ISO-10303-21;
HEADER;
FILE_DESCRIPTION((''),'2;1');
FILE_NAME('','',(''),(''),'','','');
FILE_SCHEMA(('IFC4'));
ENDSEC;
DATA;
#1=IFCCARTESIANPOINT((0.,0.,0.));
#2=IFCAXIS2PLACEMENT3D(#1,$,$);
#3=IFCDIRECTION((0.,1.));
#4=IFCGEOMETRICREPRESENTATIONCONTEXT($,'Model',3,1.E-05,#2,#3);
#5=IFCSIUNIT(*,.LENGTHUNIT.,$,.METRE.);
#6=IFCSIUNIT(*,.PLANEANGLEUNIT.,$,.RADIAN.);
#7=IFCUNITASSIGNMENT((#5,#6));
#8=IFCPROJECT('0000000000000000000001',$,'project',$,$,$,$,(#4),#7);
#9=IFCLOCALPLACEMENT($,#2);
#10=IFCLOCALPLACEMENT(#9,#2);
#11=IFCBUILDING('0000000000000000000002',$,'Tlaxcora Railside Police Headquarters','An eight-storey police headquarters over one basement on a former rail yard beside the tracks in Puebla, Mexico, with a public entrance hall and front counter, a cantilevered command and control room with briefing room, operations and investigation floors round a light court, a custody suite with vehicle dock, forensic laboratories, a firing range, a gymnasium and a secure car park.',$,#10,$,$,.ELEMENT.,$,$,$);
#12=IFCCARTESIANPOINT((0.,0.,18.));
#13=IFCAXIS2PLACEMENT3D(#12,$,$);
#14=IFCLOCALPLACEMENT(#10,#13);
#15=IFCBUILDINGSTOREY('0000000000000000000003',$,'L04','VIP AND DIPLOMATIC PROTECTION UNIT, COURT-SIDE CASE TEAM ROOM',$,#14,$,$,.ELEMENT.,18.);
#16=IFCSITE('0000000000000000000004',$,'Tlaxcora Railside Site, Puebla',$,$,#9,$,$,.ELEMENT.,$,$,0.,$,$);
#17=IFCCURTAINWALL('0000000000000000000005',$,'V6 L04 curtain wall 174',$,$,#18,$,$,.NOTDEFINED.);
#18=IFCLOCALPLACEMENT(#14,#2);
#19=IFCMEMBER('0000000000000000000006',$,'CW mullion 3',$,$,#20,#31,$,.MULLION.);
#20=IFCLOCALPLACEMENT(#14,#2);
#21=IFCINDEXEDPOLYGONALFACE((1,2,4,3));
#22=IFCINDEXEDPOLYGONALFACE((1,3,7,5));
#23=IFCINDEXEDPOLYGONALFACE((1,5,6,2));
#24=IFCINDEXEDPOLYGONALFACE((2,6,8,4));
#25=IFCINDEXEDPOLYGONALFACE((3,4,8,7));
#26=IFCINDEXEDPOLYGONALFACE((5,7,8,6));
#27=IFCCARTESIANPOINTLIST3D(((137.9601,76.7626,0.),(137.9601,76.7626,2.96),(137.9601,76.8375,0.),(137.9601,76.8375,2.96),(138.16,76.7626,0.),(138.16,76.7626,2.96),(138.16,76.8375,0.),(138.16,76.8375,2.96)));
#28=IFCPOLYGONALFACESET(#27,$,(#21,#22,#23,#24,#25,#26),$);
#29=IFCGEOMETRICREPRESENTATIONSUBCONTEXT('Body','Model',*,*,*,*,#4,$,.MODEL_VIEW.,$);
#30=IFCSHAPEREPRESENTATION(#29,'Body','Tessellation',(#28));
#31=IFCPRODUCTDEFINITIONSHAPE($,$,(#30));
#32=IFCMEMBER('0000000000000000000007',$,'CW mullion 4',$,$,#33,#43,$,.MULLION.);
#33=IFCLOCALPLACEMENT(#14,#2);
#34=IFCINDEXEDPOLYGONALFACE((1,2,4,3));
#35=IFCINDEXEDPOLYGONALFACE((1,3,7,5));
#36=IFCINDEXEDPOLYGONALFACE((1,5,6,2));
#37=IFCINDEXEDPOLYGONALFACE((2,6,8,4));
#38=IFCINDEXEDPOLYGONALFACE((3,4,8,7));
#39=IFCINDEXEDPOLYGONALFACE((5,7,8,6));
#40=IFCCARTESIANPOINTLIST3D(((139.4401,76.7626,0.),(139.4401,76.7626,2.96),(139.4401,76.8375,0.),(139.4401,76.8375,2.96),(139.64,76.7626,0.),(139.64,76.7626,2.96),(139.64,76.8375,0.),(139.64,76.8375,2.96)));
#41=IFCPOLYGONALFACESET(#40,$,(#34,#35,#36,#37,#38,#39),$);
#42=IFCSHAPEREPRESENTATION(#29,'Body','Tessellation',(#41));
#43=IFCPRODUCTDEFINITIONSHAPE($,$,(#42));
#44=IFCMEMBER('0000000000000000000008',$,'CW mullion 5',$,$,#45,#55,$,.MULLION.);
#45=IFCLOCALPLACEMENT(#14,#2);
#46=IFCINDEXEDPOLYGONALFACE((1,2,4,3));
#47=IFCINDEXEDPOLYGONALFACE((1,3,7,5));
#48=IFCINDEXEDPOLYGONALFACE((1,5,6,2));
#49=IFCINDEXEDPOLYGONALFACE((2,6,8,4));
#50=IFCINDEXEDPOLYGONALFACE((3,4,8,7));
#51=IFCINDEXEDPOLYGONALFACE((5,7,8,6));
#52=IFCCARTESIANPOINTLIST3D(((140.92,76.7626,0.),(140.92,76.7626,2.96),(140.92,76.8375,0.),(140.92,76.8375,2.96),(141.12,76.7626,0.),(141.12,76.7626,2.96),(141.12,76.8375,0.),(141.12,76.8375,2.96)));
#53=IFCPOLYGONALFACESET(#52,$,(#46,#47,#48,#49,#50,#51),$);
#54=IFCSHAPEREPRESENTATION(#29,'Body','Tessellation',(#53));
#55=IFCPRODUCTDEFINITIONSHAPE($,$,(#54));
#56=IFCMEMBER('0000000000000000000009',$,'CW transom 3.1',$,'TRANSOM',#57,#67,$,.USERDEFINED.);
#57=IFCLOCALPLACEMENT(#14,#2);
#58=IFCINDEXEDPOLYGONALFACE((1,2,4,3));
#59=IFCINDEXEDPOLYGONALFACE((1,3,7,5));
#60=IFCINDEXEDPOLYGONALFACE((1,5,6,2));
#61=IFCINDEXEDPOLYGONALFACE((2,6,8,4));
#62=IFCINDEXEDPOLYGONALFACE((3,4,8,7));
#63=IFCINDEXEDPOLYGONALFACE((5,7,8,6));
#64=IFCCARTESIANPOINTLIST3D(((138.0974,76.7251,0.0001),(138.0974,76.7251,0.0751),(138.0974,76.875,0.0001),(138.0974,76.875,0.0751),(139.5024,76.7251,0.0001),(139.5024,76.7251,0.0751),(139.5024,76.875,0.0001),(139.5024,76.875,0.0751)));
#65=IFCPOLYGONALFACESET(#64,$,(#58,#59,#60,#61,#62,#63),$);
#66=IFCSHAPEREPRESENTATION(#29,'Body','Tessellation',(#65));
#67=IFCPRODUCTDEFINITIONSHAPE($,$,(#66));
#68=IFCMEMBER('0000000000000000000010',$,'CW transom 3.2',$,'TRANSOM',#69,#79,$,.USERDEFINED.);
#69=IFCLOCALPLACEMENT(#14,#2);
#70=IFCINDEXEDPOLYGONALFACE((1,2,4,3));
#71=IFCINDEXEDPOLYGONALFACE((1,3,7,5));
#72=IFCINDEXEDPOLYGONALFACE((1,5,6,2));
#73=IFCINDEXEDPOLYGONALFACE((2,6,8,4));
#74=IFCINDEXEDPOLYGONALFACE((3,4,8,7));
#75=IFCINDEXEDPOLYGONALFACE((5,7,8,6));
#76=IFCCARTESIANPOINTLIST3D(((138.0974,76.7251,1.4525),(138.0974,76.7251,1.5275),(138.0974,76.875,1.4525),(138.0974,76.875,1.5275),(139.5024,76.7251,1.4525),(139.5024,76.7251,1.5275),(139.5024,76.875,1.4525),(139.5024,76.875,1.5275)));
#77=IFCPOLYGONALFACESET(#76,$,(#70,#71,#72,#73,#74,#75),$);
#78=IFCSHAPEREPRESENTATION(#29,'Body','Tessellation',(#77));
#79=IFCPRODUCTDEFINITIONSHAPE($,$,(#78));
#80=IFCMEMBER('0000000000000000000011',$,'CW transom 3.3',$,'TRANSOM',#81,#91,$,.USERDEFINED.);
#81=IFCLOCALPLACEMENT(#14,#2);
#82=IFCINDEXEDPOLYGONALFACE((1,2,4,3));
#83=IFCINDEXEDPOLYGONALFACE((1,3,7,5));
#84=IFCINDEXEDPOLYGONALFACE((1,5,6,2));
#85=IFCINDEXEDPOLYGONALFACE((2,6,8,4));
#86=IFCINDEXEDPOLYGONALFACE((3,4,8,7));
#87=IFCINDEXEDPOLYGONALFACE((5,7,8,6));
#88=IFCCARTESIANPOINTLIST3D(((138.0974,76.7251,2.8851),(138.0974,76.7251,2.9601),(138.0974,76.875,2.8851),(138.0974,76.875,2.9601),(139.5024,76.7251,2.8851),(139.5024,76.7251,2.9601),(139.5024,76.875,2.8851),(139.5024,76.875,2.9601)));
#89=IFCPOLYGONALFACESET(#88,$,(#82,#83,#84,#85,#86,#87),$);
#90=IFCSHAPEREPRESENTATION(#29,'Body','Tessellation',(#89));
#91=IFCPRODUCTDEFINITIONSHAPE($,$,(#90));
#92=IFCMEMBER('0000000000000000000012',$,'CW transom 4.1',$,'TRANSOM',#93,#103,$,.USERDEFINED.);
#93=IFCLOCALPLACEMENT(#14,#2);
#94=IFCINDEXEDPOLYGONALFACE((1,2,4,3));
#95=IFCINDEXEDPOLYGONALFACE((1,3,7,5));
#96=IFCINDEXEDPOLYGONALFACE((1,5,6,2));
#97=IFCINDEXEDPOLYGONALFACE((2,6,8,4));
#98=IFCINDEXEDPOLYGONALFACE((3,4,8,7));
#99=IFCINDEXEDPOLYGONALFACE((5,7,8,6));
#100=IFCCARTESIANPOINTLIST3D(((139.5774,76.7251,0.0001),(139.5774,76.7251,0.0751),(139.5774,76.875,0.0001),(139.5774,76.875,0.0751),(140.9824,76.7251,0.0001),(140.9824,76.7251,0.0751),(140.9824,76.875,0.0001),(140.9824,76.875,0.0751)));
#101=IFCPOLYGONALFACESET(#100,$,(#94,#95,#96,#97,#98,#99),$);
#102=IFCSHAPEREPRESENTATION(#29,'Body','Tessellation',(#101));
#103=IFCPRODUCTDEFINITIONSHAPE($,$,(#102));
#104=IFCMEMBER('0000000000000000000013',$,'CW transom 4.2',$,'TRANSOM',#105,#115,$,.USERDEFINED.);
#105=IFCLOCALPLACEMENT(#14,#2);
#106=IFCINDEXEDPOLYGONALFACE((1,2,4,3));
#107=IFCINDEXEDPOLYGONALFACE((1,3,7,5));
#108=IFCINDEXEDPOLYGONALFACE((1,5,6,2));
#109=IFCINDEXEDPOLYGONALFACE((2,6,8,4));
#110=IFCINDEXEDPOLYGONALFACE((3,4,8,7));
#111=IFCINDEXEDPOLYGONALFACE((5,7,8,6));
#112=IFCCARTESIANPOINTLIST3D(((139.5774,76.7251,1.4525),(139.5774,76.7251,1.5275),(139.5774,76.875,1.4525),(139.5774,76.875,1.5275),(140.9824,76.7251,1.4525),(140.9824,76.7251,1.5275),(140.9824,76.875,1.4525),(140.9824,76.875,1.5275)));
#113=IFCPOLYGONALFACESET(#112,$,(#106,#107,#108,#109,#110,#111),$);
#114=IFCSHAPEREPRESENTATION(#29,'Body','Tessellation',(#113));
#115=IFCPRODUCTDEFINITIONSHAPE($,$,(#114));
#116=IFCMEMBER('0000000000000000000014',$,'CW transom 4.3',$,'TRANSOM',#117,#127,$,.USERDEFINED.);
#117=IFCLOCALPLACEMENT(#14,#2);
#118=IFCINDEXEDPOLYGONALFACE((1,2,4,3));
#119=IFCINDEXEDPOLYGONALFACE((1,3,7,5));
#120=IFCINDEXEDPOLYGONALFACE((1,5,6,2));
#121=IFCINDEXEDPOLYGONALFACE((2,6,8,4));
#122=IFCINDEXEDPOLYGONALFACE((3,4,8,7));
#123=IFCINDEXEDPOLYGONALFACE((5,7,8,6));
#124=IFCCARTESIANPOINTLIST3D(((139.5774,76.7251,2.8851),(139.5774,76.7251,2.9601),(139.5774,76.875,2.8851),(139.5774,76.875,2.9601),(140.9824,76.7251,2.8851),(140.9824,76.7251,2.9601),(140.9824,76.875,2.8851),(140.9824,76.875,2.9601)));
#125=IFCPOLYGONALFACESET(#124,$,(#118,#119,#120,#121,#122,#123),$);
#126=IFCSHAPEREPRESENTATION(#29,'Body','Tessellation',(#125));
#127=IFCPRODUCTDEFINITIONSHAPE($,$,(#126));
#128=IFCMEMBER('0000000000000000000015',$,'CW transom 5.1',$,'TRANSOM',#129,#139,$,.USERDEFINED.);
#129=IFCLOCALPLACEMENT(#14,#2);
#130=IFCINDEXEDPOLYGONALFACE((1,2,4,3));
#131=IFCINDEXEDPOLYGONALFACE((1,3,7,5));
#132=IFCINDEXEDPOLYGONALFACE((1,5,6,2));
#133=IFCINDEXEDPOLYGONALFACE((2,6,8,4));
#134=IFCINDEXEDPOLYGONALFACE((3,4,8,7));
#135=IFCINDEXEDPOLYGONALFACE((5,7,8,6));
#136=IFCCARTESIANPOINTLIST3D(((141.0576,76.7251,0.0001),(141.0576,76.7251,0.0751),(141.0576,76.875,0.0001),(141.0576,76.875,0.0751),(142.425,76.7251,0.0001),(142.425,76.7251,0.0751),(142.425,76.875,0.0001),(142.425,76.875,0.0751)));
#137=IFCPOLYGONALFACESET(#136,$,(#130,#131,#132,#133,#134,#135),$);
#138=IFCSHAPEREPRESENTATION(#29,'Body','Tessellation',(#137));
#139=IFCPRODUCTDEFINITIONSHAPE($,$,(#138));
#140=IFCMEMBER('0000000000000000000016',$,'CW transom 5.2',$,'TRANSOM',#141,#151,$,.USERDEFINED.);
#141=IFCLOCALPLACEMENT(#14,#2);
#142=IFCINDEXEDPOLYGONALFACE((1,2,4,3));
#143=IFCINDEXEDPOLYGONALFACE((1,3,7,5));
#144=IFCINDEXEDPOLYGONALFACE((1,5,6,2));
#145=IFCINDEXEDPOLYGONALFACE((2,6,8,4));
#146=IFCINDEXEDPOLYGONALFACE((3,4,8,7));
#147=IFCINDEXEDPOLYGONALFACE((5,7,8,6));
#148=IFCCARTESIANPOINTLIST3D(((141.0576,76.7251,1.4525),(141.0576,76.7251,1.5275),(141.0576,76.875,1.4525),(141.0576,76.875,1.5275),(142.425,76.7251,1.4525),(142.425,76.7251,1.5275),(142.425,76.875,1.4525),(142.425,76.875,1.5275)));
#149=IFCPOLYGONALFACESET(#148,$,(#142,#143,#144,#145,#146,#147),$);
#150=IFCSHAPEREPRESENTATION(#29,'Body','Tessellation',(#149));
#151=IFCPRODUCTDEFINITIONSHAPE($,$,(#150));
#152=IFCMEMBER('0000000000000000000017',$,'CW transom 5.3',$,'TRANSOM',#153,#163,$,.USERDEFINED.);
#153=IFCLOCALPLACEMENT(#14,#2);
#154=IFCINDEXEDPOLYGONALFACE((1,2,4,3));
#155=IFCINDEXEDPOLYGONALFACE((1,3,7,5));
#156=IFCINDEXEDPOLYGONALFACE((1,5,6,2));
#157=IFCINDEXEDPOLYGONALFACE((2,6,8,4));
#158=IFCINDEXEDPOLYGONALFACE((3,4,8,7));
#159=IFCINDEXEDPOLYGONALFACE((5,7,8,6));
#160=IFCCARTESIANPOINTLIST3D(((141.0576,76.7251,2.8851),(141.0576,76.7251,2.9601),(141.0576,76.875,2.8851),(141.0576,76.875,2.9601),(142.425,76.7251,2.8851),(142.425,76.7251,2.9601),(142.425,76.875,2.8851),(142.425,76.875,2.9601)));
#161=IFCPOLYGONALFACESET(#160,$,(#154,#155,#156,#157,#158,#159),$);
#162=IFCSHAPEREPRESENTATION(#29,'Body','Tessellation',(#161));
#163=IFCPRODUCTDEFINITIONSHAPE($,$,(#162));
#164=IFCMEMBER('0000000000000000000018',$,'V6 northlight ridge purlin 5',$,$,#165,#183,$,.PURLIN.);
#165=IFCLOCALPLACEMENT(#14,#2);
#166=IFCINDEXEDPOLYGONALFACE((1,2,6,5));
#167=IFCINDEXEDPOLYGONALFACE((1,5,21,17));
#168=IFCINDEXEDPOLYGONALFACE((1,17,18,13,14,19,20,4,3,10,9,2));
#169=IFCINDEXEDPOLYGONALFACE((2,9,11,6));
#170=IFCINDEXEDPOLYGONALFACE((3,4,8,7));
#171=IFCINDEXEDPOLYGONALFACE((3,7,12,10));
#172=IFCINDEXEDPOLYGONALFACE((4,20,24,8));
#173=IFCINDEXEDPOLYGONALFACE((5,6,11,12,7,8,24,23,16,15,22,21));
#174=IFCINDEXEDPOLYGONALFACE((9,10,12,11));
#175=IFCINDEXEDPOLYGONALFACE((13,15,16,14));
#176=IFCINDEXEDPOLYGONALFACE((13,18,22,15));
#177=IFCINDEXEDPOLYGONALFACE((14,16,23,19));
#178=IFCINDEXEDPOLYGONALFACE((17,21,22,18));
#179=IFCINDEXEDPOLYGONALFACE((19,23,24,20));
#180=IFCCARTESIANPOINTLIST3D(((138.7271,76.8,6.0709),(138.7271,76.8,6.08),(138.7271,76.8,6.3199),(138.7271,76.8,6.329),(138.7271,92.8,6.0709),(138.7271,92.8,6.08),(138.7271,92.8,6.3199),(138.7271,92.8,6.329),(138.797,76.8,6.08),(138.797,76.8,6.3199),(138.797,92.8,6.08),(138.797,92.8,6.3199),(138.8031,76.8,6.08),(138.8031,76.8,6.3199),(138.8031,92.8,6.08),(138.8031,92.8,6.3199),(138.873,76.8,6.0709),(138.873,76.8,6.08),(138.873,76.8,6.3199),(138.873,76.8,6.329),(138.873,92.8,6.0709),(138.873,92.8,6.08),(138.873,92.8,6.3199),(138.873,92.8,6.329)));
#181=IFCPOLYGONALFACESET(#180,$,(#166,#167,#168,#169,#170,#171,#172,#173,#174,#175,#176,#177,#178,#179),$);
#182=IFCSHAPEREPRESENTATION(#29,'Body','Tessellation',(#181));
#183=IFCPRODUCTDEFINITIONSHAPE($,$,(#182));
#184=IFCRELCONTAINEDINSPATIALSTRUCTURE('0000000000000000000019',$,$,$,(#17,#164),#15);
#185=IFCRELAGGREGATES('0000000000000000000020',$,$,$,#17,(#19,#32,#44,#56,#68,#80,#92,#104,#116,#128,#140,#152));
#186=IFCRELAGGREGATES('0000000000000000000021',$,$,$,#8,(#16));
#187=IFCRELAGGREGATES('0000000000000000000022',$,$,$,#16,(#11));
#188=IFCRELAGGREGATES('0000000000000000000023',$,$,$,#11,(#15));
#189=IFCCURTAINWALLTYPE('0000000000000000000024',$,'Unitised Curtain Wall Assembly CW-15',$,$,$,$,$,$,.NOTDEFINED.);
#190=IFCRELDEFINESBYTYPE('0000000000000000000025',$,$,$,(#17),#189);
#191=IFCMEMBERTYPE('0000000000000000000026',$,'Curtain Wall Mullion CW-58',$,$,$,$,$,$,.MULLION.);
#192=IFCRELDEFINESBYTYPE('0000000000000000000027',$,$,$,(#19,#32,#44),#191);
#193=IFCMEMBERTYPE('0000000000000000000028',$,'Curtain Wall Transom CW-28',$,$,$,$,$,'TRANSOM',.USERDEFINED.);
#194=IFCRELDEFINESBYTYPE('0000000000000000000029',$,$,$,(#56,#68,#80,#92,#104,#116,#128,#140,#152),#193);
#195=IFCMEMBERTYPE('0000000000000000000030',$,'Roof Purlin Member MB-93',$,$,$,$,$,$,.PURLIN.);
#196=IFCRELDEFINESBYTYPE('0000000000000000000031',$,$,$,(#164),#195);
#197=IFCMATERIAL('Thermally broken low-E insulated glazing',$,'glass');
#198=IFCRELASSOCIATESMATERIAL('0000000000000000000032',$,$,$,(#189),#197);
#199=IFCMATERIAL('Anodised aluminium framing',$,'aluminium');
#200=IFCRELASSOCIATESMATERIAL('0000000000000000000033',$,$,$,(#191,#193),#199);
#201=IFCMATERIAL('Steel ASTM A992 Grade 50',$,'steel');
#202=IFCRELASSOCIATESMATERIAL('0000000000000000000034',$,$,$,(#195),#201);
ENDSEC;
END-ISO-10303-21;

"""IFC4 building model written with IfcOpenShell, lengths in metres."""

from ifc_helpers import new_model, si_unit, direction, frame, origin, origin_2d, place, context, subcontext, project, spatial, rectangle, i_section, extrude, material, material_profile, profile_set, type_object, element, aggregate, save


model = new_model("IFC4")

# Units and contexts
model_context = context("Model", 3, precision=1e-05, world=origin(), true_north=direction((0.0, 1.0)))
body_context = subcontext(model_context, "Body", "Model", "MODEL_VIEW")
ifc_project = project(units=[si_unit("LENGTHUNIT", "METRE"), si_unit("PLANEANGLEUNIT", "RADIAN")], contexts=[model_context])

# Site, building, storey
site_placement = place(None, origin())
site = spatial("IfcSite", under=ifc_project, at=site_placement, Name="Tlaxcora Railside Site, Puebla", CompositionType="ELEMENT", RefElevation=0.0)
building_placement = place(site_placement, origin())
building = spatial("IfcBuilding", under=site, at=building_placement, Name="Tlaxcora Railside Police Headquarters", Description="An eight-storey police headquarters over one basement on a former rail yard beside the tracks in Puebla, Mexico, with a public entrance hall and front counter, a cantilevered command and control room with briefing room, operations and investigation floors round a light court, a custody suite with vehicle dock, forensic laboratories, a firing range, a gymnasium and a secure car park.", CompositionType="ELEMENT")
storey_placement = place(building_placement, frame((0.0, 0.0, 18.0)))
storey = spatial("IfcBuildingStorey", under=building, at=storey_placement, Name="L04", Description="VIP AND DIPLOMATIC PROTECTION UNIT, COURT-SIDE CASE TEAM ROOM", CompositionType="ELEMENT", Elevation=18.0)

# Curtain wall, members
ifc_material_1 = material(Name="Thermally broken low-E insulated glazing", Category="glass")
curtain_wall_type = type_object("IfcCurtainWallType", Name="Unitised Curtain Wall Assembly CW-15", PredefinedType="NOTDEFINED", material=ifc_material_1)
curtain_wall_placement = place(storey_placement, origin())
curtain_wall = element("IfcCurtainWall", 1, at=curtain_wall_placement, inside=storey, type_object=curtain_wall_type, Name="V6 L04 curtain wall 174", PredefinedType="NOTDEFINED")
ifc_material_2 = material(Name="Anodised aluminium framing", Category="aluminium")
ifc_material_profile_1 = material_profile(ifc_material_2, rectangle(XDim=0.075, YDim=0.2, at=origin_2d()), Name="AL75X200")
ifc_profile_set_1 = profile_set([ifc_material_profile_1], Name="Anodised aluminium framing")
member_type_1 = type_object("IfcMemberType", Name="Curtain Wall Mullion CW-58", PredefinedType="MULLION", material=ifc_profile_set_1)
member_1_placement = place(storey_placement, frame((138.0601, 76.8, 0.0), z_axis=(0.0, 0.0, 1.0), x_axis=(0.0, 1.0, 0.0)))
member_1 = element("IfcMember", 2, at=member_1_placement, type_object=member_type_1, Name="CW mullion 3", PredefinedType="MULLION", context=body_context, shape_type="SweptSolid", body=[
    extrude(rectangle(XDim=0.075, YDim=0.2, at=origin_2d()), origin(), (0.0, 0.0, 1.0), 2.96),
])
member_2_placement = place(storey_placement, frame((139.54, 76.8, 0.0), z_axis=(0.0, 0.0, 1.0), x_axis=(0.0, 1.0, 0.0)))
member_2 = element("IfcMember", 3, at=member_2_placement, type_object=member_type_1, Name="CW mullion 4", PredefinedType="MULLION", context=body_context, shape_type="SweptSolid", body=[
    extrude(rectangle(XDim=0.075, YDim=0.2, at=origin_2d()), origin(), (0.0, 0.0, 1.0), 2.96),
])
member_3_placement = place(storey_placement, frame((141.02, 76.8, 0.0), z_axis=(0.0, 0.0, 1.0), x_axis=(0.0, 1.0, 0.0)))
member_3 = element("IfcMember", 4, at=member_3_placement, type_object=member_type_1, Name="CW mullion 5", PredefinedType="MULLION", context=body_context, shape_type="SweptSolid", body=[
    extrude(rectangle(XDim=0.075, YDim=0.2, at=origin_2d()), origin(), (0.0, 0.0, 1.0), 2.96),
])
ifc_material_profile_2 = material_profile(ifc_material_2, rectangle(XDim=0.1499, YDim=0.075, at=origin_2d()), Name="AL75X150")
ifc_profile_set_2 = profile_set([ifc_material_profile_2], Name="Anodised aluminium framing")
member_type_2 = type_object("IfcMemberType", Name="Curtain Wall Transom CW-28", ElementType="TRANSOM", PredefinedType="USERDEFINED", material=ifc_profile_set_2)
member_4_placement = place(storey_placement, frame((138.0974, 76.8, 0.0376), z_axis=(1.0, 0.0, 0.0), x_axis=(0.0, 1.0, 0.0)))
member_4 = element("IfcMember", 5, at=member_4_placement, type_object=member_type_2, Name="CW transom 3.1", ObjectType="TRANSOM", PredefinedType="USERDEFINED", context=body_context, shape_type="SweptSolid", body=[
    extrude(rectangle(XDim=0.1499, YDim=0.075, at=origin_2d()), origin(), (0.0, 0.0, 1.0), 1.405),
])
member_5_placement = place(storey_placement, frame((138.0974, 76.8, 1.49), z_axis=(1.0, 0.0, 0.0), x_axis=(0.0, 1.0, 0.0)))
member_5 = element("IfcMember", 6, at=member_5_placement, type_object=member_type_2, Name="CW transom 3.2", ObjectType="TRANSOM", PredefinedType="USERDEFINED", context=body_context, shape_type="SweptSolid", body=[
    extrude(rectangle(XDim=0.1499, YDim=0.075, at=origin_2d()), origin(), (0.0, 0.0, 1.0), 1.405),
])
member_6_placement = place(storey_placement, frame((138.0974, 76.8, 2.9226), z_axis=(1.0, 0.0, 0.0), x_axis=(0.0, 1.0, 0.0)))
member_6 = element("IfcMember", 7, at=member_6_placement, type_object=member_type_2, Name="CW transom 3.3", ObjectType="TRANSOM", PredefinedType="USERDEFINED", context=body_context, shape_type="SweptSolid", body=[
    extrude(rectangle(XDim=0.1499, YDim=0.075, at=origin_2d()), origin(), (0.0, 0.0, 1.0), 1.405),
])
member_7_placement = place(storey_placement, frame((139.5774, 76.8, 0.0376), z_axis=(1.0, 0.0, 0.0), x_axis=(0.0, 1.0, 0.0)))
member_7 = element("IfcMember", 8, at=member_7_placement, type_object=member_type_2, Name="CW transom 4.1", ObjectType="TRANSOM", PredefinedType="USERDEFINED", context=body_context, shape_type="SweptSolid", body=[
    extrude(rectangle(XDim=0.1499, YDim=0.075, at=origin_2d()), origin(), (0.0, 0.0, 1.0), 1.405),
])
member_8_placement = place(storey_placement, frame((139.5774, 76.8, 1.49), z_axis=(1.0, 0.0, 0.0), x_axis=(0.0, 1.0, 0.0)))
member_8 = element("IfcMember", 9, at=member_8_placement, type_object=member_type_2, Name="CW transom 4.2", ObjectType="TRANSOM", PredefinedType="USERDEFINED", context=body_context, shape_type="SweptSolid", body=[
    extrude(rectangle(XDim=0.1499, YDim=0.075, at=origin_2d()), origin(), (0.0, 0.0, 1.0), 1.405),
])
member_9_placement = place(storey_placement, frame((139.5774, 76.8, 2.9226), z_axis=(1.0, 0.0, 0.0), x_axis=(0.0, 1.0, 0.0)))
member_9 = element("IfcMember", 10, at=member_9_placement, type_object=member_type_2, Name="CW transom 4.3", ObjectType="TRANSOM", PredefinedType="USERDEFINED", context=body_context, shape_type="SweptSolid", body=[
    extrude(rectangle(XDim=0.1499, YDim=0.075, at=origin_2d()), origin(), (0.0, 0.0, 1.0), 1.405),
])
member_10_placement = place(storey_placement, frame((141.0576, 76.8, 0.0376), z_axis=(1.0, 0.0, 0.0), x_axis=(0.0, 1.0, 0.0)))
member_10 = element("IfcMember", 11, at=member_10_placement, type_object=member_type_2, Name="CW transom 5.1", ObjectType="TRANSOM", PredefinedType="USERDEFINED", context=body_context, shape_type="SweptSolid", body=[
    extrude(rectangle(XDim=0.1499, YDim=0.075, at=origin_2d()), origin(), (0.0, 0.0, 1.0), 1.3674),
])
member_11_placement = place(storey_placement, frame((141.0576, 76.8, 1.49), z_axis=(1.0, 0.0, 0.0), x_axis=(0.0, 1.0, 0.0)))
member_11 = element("IfcMember", 12, at=member_11_placement, type_object=member_type_2, Name="CW transom 5.2", ObjectType="TRANSOM", PredefinedType="USERDEFINED", context=body_context, shape_type="SweptSolid", body=[
    extrude(rectangle(XDim=0.1499, YDim=0.075, at=origin_2d()), origin(), (0.0, 0.0, 1.0), 1.3674),
])
member_12_placement = place(storey_placement, frame((141.0576, 76.8, 2.9226), z_axis=(1.0, 0.0, 0.0), x_axis=(0.0, 1.0, 0.0)))
member_12 = element("IfcMember", 13, at=member_12_placement, type_object=member_type_2, Name="CW transom 5.3", ObjectType="TRANSOM", PredefinedType="USERDEFINED", context=body_context, shape_type="SweptSolid", body=[
    extrude(rectangle(XDim=0.1499, YDim=0.075, at=origin_2d()), origin(), (0.0, 0.0, 1.0), 1.3674),
])

# Member
ifc_material_3 = material(Name="Steel ASTM A992 Grade 50", Category="steel")
ifc_material_profile_3 = material_profile(ifc_material_3, i_section(OverallWidth=0.146, OverallDepth=0.2581, WebThickness=0.0061, FlangeThickness=0.009, at=origin_2d()), Name="W10X22")
ifc_profile_set_3 = profile_set([ifc_material_profile_3], Name="Steel ASTM A992 Grade 50")
member_type_3 = type_object("IfcMemberType", Name="Roof Purlin Member MB-93", PredefinedType="PURLIN", material=ifc_profile_set_3)
member_13_placement = place(storey_placement, frame((138.8, 76.8, 6.2), z_axis=(0.0, 1.0, 0.0), x_axis=(-1.0, 0.0, 0.0)))
element("IfcMember", 14, at=member_13_placement, inside=storey, type_object=member_type_3, Name="V6 northlight ridge purlin 5", PredefinedType="PURLIN", context=body_context, shape_type="SweptSolid", body=[
    extrude(i_section(OverallWidth=0.146, OverallDepth=0.2581, WebThickness=0.0061, FlangeThickness=0.009, at=origin_2d()), origin(), (0.0, 0.0, 1.0), 16.0),
])

aggregate(curtain_wall, [member_1, member_2, member_3, member_4, member_5, member_6, member_7, member_8, member_9, member_10, member_11, member_12])

save(model, "model.ifc")
